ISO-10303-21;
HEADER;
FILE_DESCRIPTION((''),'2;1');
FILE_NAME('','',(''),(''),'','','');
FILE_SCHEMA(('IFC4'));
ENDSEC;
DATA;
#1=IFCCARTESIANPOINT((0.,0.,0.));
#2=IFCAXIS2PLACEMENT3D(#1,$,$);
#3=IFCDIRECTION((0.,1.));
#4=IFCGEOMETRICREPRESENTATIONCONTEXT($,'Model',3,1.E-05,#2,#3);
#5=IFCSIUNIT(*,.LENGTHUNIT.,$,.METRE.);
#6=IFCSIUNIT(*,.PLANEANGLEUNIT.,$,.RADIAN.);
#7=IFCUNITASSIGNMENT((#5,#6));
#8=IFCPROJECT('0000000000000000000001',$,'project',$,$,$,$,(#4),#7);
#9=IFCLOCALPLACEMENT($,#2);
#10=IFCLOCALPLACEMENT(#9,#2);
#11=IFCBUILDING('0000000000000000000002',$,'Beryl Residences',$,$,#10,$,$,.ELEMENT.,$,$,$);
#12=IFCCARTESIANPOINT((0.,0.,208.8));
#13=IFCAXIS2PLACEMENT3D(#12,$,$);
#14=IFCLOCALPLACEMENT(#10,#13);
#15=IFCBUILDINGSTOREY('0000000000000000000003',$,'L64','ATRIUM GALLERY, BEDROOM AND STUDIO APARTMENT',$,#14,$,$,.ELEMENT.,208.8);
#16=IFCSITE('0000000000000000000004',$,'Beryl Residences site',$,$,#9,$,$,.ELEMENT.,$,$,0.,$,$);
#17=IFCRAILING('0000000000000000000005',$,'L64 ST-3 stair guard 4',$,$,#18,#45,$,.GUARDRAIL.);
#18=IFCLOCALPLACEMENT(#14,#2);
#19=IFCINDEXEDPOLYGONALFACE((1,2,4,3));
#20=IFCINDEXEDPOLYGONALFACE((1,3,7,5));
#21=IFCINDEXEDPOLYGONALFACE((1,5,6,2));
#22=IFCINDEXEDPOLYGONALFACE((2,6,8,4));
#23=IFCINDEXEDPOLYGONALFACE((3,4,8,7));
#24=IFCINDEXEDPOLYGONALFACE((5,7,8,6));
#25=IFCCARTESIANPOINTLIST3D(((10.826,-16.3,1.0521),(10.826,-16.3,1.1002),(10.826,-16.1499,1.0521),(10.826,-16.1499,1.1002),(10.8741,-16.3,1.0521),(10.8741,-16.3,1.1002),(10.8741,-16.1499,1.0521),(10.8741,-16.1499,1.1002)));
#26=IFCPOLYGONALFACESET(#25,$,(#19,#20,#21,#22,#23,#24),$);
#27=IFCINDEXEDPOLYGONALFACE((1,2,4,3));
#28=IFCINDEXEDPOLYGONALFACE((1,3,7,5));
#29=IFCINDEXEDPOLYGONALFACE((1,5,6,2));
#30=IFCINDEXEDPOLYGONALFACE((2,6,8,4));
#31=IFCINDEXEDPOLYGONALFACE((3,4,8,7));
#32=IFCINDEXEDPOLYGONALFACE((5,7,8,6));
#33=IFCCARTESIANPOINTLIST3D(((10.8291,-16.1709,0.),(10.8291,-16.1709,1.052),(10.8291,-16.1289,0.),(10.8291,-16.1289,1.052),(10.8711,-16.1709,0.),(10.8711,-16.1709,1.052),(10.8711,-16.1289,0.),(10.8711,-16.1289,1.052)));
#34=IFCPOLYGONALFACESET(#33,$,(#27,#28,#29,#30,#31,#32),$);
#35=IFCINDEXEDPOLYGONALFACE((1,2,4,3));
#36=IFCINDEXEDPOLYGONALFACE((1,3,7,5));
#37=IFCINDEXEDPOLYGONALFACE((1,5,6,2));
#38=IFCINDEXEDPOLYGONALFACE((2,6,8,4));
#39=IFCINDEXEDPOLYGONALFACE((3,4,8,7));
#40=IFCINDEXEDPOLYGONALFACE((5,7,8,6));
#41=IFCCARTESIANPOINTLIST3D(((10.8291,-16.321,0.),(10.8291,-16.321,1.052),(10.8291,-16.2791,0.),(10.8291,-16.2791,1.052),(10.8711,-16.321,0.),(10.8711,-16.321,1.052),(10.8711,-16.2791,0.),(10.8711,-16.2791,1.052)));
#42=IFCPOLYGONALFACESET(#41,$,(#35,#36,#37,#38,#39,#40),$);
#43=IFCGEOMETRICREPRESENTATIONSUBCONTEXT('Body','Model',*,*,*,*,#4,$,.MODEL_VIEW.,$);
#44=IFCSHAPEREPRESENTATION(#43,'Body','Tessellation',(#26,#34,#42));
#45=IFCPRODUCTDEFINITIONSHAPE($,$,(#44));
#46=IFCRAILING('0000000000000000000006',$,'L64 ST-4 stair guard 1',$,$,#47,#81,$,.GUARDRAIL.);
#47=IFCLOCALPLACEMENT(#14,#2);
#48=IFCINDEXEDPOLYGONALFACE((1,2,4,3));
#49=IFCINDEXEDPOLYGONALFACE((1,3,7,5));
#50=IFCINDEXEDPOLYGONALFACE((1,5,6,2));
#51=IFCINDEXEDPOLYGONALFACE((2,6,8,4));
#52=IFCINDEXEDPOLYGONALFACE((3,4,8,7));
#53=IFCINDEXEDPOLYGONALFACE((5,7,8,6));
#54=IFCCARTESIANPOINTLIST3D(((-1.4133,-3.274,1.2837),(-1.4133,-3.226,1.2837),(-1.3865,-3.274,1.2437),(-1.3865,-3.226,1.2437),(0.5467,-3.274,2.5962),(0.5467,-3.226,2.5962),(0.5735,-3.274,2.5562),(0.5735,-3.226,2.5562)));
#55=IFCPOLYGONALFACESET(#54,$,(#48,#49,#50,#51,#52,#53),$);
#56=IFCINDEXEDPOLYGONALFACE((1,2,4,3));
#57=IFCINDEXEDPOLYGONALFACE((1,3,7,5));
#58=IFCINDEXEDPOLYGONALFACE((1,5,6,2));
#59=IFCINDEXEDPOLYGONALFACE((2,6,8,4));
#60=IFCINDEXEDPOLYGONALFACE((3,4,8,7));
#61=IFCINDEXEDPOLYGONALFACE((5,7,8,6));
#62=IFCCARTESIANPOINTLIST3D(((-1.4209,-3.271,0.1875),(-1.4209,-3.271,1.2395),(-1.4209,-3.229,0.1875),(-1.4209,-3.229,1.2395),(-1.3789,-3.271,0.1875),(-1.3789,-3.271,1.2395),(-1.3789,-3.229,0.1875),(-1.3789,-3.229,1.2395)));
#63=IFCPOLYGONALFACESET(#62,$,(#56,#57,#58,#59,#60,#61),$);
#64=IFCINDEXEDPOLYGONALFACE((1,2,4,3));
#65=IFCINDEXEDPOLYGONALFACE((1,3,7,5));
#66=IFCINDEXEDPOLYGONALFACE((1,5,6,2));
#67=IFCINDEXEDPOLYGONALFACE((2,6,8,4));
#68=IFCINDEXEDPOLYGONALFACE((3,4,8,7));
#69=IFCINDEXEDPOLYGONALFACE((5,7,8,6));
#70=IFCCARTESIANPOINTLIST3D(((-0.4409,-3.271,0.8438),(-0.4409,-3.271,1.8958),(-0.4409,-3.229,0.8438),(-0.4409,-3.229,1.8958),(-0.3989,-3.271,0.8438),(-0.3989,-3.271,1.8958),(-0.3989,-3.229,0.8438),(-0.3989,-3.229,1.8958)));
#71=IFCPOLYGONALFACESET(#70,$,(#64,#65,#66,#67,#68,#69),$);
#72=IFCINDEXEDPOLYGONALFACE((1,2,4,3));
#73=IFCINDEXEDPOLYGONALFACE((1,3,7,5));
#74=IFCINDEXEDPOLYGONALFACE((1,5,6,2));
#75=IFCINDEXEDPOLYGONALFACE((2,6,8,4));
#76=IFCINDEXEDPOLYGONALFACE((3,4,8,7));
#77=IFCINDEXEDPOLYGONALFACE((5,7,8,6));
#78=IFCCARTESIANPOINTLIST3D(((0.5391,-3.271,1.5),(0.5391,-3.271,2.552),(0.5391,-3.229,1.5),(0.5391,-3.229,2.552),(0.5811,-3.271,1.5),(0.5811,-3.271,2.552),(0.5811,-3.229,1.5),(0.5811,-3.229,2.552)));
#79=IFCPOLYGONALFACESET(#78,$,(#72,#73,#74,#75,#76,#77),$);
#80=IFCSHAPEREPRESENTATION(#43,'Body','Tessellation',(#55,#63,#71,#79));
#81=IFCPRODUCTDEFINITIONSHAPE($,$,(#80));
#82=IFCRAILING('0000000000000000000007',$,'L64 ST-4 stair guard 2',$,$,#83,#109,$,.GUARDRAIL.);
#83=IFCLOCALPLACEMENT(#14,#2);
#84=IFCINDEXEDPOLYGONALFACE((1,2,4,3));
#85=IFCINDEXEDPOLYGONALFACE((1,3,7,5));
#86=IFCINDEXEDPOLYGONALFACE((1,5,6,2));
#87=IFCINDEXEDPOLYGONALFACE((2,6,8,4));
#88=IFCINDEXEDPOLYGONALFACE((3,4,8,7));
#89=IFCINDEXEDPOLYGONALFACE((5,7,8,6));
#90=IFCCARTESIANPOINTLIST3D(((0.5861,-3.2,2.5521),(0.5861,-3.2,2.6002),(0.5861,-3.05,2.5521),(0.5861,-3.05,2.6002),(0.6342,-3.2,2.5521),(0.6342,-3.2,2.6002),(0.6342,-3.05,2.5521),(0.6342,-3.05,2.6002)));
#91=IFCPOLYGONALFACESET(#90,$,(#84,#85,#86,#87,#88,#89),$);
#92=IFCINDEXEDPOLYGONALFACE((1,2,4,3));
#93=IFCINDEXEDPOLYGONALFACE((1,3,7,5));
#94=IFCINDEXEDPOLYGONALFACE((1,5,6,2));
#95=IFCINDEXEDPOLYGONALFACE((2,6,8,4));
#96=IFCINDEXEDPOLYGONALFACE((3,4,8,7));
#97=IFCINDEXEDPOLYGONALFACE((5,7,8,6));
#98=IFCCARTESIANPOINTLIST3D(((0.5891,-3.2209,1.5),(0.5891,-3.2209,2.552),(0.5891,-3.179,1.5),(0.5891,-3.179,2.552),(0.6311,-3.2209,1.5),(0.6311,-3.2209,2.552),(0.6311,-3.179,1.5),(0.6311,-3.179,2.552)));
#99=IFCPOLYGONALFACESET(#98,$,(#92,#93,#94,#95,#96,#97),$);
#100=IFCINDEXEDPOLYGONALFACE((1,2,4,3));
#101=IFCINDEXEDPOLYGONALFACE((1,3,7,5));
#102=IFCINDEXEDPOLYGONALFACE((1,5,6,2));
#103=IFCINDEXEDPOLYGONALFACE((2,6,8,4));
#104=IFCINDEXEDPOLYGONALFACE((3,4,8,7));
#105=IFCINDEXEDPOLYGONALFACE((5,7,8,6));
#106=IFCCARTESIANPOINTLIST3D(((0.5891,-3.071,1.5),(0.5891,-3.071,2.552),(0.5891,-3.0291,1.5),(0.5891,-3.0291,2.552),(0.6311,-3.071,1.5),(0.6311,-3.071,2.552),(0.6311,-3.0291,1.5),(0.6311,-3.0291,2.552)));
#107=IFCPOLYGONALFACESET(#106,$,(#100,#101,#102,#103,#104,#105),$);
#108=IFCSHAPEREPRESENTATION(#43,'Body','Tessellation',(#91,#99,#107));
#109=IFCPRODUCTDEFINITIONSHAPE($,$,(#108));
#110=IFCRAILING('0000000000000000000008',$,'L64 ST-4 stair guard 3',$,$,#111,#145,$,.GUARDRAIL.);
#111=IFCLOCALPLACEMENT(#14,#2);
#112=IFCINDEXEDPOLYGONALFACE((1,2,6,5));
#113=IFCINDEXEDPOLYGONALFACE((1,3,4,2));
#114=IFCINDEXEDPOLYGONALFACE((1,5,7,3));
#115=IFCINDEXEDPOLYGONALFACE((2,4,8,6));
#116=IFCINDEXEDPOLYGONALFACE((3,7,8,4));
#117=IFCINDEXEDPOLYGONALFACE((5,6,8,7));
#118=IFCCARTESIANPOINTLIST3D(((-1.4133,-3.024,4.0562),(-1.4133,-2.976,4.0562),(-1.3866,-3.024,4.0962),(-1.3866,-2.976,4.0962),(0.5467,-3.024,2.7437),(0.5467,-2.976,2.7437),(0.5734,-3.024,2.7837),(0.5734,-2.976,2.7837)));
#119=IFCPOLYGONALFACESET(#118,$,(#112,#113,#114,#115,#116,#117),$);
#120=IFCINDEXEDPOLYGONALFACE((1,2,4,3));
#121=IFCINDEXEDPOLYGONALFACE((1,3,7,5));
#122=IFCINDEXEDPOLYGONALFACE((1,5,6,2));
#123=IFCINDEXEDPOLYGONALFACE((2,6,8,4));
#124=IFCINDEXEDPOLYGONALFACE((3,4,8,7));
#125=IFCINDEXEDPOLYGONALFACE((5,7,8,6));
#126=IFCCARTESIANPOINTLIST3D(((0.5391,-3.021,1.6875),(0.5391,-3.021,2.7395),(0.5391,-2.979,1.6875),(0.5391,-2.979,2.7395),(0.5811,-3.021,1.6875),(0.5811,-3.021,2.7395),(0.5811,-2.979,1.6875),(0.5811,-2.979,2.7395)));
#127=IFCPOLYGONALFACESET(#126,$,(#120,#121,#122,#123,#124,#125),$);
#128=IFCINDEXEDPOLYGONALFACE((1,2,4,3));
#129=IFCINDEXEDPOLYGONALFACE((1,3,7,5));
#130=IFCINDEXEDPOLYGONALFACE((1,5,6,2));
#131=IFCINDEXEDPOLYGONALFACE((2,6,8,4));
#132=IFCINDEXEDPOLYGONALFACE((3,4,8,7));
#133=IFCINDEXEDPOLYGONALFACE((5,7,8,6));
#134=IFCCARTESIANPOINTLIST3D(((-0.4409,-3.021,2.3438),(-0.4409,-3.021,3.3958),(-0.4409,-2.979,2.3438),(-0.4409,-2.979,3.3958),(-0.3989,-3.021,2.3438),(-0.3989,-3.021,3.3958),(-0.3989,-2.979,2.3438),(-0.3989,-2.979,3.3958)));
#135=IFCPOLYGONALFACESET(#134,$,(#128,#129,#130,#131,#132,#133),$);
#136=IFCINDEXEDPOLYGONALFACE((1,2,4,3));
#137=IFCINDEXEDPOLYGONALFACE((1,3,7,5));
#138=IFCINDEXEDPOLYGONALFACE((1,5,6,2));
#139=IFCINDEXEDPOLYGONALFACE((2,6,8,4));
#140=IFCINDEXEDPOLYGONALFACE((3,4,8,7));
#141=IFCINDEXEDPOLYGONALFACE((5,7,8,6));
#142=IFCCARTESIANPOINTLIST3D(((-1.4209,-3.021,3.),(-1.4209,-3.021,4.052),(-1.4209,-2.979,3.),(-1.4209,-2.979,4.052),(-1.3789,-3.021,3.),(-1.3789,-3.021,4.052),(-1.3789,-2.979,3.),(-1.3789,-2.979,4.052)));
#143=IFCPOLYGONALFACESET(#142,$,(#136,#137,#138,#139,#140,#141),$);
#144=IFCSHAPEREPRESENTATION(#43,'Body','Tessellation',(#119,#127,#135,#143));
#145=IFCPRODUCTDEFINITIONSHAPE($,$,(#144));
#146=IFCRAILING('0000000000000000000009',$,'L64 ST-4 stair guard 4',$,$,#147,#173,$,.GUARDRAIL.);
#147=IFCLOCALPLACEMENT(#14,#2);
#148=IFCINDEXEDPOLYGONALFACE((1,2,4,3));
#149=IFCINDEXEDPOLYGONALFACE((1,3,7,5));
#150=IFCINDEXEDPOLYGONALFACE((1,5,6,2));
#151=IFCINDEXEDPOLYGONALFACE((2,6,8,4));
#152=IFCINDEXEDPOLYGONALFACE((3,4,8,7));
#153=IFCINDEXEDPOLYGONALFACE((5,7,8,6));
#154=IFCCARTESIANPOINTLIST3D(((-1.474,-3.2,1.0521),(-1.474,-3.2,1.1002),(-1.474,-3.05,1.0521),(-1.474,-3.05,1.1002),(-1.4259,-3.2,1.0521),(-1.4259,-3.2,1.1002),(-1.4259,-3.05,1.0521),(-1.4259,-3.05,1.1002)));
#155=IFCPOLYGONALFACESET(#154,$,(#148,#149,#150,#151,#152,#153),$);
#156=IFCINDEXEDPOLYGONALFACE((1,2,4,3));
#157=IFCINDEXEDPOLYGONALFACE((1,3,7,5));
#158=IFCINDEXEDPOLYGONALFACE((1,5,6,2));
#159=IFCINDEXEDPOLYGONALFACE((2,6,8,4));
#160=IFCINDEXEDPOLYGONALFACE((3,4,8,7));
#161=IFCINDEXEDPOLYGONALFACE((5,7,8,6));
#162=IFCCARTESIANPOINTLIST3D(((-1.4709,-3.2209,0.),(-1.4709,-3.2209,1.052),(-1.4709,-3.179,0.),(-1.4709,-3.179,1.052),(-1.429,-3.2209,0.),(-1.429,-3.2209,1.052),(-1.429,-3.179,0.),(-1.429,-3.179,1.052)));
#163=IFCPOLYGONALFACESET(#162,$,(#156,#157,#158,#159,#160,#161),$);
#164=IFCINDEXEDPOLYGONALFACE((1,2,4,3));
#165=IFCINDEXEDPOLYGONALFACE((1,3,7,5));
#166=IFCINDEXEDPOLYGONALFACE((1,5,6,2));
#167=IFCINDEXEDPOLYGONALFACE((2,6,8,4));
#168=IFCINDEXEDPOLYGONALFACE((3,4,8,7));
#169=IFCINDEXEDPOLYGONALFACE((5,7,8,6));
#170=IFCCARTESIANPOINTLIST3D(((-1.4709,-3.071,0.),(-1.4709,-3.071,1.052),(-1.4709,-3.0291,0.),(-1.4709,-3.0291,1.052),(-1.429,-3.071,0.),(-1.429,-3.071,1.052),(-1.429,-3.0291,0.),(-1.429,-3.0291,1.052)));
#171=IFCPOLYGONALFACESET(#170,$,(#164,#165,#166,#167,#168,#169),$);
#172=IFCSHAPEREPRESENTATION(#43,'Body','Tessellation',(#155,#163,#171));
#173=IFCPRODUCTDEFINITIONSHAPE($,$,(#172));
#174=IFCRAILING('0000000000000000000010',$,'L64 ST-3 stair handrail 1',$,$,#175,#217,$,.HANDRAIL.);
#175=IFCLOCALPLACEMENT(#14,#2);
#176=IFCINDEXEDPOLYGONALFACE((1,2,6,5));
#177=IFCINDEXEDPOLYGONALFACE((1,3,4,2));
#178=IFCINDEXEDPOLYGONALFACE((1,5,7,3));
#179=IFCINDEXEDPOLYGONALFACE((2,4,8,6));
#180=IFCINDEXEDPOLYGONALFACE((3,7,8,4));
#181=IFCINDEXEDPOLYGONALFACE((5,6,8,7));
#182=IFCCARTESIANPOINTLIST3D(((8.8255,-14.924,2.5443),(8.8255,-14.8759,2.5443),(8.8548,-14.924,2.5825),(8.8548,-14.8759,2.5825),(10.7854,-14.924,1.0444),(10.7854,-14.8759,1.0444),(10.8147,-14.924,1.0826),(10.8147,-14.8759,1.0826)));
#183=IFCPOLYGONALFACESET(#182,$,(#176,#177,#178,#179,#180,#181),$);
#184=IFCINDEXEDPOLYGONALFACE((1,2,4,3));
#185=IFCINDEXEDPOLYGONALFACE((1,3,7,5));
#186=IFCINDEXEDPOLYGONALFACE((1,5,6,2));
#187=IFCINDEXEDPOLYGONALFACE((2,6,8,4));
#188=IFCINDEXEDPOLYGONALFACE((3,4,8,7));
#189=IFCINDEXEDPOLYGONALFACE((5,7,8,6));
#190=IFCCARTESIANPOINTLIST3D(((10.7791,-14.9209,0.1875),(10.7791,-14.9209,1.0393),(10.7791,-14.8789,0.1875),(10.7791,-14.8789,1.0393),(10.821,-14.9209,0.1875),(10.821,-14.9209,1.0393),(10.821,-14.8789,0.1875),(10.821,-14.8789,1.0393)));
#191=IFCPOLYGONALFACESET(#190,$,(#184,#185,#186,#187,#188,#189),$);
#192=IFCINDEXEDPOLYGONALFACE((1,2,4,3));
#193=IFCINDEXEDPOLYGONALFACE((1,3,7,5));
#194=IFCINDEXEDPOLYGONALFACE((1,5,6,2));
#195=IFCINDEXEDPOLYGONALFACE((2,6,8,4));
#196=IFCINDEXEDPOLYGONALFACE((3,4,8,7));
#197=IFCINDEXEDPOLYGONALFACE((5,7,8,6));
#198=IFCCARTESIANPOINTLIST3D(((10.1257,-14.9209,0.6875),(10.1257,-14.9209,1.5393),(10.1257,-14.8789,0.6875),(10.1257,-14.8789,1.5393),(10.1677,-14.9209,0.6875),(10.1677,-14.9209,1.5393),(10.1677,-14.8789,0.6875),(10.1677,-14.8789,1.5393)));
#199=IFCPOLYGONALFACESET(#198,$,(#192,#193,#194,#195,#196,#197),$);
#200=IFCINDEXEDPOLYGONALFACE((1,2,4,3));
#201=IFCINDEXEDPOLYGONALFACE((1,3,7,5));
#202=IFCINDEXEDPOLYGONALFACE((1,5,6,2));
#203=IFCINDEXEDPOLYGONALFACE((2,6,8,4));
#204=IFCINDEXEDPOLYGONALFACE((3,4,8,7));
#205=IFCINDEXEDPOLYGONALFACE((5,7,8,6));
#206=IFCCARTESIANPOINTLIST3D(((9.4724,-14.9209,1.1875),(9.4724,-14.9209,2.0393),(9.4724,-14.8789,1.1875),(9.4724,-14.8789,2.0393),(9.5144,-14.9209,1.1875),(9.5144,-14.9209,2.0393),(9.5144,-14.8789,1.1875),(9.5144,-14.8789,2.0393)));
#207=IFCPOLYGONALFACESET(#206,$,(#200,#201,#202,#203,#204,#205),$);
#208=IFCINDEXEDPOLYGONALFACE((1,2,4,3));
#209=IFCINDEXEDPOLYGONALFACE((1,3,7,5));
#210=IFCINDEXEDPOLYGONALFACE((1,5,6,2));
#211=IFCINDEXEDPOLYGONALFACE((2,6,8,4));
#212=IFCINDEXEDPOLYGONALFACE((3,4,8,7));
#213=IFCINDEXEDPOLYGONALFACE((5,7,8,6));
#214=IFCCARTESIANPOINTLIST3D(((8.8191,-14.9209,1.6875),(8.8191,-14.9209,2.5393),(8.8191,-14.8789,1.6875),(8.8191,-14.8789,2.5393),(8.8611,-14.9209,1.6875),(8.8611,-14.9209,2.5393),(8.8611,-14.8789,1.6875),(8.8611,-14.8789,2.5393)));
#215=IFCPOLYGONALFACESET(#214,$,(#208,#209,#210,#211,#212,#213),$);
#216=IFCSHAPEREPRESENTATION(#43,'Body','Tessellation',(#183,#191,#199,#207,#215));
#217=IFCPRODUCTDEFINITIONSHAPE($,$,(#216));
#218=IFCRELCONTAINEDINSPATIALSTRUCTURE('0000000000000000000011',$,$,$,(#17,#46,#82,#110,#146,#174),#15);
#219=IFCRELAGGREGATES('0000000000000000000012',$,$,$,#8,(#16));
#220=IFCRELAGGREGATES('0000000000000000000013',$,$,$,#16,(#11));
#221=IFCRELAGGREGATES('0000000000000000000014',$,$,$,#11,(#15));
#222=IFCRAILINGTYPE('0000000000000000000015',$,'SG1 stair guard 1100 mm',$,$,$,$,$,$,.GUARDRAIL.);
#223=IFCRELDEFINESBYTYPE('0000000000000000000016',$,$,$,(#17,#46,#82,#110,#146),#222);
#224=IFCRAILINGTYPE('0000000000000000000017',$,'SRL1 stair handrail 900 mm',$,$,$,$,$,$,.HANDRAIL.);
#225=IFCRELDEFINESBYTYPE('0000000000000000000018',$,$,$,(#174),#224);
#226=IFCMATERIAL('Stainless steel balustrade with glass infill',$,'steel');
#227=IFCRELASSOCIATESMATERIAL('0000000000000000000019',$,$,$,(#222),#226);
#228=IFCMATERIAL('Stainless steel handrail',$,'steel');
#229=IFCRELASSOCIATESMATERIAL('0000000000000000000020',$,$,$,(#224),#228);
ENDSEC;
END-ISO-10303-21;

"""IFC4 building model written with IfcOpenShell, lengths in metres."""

from ifc_helpers import new_model, si_unit, direction, frame, origin, origin_2d, place, context, subcontext, project, spatial, rectangle, extrude, material, type_object, element, save


model = new_model("IFC4")

# Units and contexts
model_context = context("Model", 3, precision=1e-05, world=origin(), true_north=direction((0.0, 1.0)))
body_context = subcontext(model_context, "Body", "Model", "MODEL_VIEW")
ifc_project = project(units=[si_unit("LENGTHUNIT", "METRE"), si_unit("PLANEANGLEUNIT", "RADIAN")], contexts=[model_context])

# Site, building, storey
site_placement = place(None, origin())
site = spatial("IfcSite", under=ifc_project, at=site_placement, Name="Beryl Residences site", CompositionType="ELEMENT", RefElevation=0.0)
building_placement = place(site_placement, origin())
building = spatial("IfcBuilding", under=site, at=building_placement, Name="Beryl Residences", CompositionType="ELEMENT")
storey_placement = place(building_placement, frame((0.0, 0.0, 208.8)))
storey = spatial("IfcBuildingStorey", under=building, at=storey_placement, Name="L64", Description="ATRIUM GALLERY, BEDROOM AND STUDIO APARTMENT", CompositionType="ELEMENT", Elevation=208.8)

# Railings
ifc_material_1 = material(Name="Stainless steel balustrade with glass infill", Category="steel")
railing_type_1 = type_object("IfcRailingType", Name="SG1 stair guard 1100 mm", PredefinedType="GUARDRAIL", material=ifc_material_1)
railing_1_placement = place(storey_placement, frame((10.8501, -16.1499, 0.0)))
element("IfcRailing", 1, at=railing_1_placement, inside=storey, type_object=railing_type_1, Name="L64 ST-3 stair guard 4", PredefinedType="GUARDRAIL", context=body_context, shape_type="SweptSolid", body=[
    extrude(rectangle(XDim=0.0481, YDim=0.0481, at=origin_2d()), frame((0.0, 0.0, 1.0762), z_axis=(0.0, -1.0, 0.0), x_axis=(1.0, 0.0, 0.0)), (0.0, 0.0, 1.0), 0.1501),
    extrude(rectangle(XDim=0.042, YDim=0.042, at=origin_2d()), origin(), (0.0, 0.0, 1.0), 1.052),
    extrude(rectangle(XDim=0.042, YDim=0.042, at=origin_2d()), frame((0.0, -0.1501, 0.0)), (0.0, 0.0, 1.0), 1.052),
])
railing_2_placement = place(storey_placement, frame((-1.3999, -3.25, 0.1875)))
element("IfcRailing", 2, at=railing_2_placement, inside=storey, type_object=railing_type_1, Name="L64 ST-4 stair guard 1", PredefinedType="GUARDRAIL", context=body_context, shape_type="SweptSolid", body=[
    extrude(rectangle(XDim=0.0481, YDim=0.0481, at=origin_2d()), frame((0.0, 0.0, 1.0762), z_axis=(0.830902, 0.0, 0.556419), x_axis=(0.0, 1.0, 0.0)), (0.0, 0.0, 1.0), 2.3589),
    extrude(rectangle(XDim=0.042, YDim=0.042, at=origin_2d()), origin(), (0.0, 0.0, 1.0), 1.052),
    extrude(rectangle(XDim=0.042, YDim=0.042, at=origin_2d()), frame((0.98, 0.0, 0.6562)), (0.0, 0.0, 1.0), 1.052),
    extrude(rectangle(XDim=0.042, YDim=0.042, at=origin_2d()), frame((1.96, 0.0, 1.3125)), (0.0, 0.0, 1.0), 1.052),
])
railing_3_placement = place(storey_placement, frame((0.6101, -3.2, 1.5)))
element("IfcRailing", 3, at=railing_3_placement, inside=storey, type_object=railing_type_1, Name="L64 ST-4 stair guard 2", PredefinedType="GUARDRAIL", context=body_context, shape_type="SweptSolid", body=[
    extrude(rectangle(XDim=0.0481, YDim=0.0481, at=origin_2d()), frame((0.0, 0.0, 1.0762), z_axis=(0.0, 1.0, 0.0), x_axis=(-1.0, 0.0, 0.0)), (0.0, 0.0, 1.0), 0.1499),
    extrude(rectangle(XDim=0.042, YDim=0.042, at=origin_2d()), origin(), (0.0, 0.0, 1.0), 1.052),
    extrude(rectangle(XDim=0.042, YDim=0.042, at=origin_2d()), frame((0.0, 0.1499, 0.0)), (0.0, 0.0, 1.0), 1.052),
])
railing_4_placement = place(storey_placement, frame((0.5601, -3.0, 1.6875)))
element("IfcRailing", 4, at=railing_4_placement, inside=storey, type_object=railing_type_1, Name="L64 ST-4 stair guard 3", PredefinedType="GUARDRAIL", context=body_context, shape_type="SweptSolid", body=[
    extrude(rectangle(XDim=0.0481, YDim=0.0481, at=origin_2d()), frame((0.0, 0.0, 1.0762), z_axis=(-0.830902, 0.0, 0.556419), x_axis=(0.0, -1.0, 0.0)), (0.0, 0.0, 1.0), 2.3589),
    extrude(rectangle(XDim=0.042, YDim=0.042, at=origin_2d()), origin(), (0.0, 0.0, 1.0), 1.052),
    extrude(rectangle(XDim=0.042, YDim=0.042, at=origin_2d()), frame((-0.98, 0.0, 0.6562)), (0.0, 0.0, 1.0), 1.052),
    extrude(rectangle(XDim=0.042, YDim=0.042, at=origin_2d()), frame((-1.96, 0.0, 1.3125)), (0.0, 0.0, 1.0), 1.052),
])
railing_5_placement = place(storey_placement, frame((-1.45, -3.2, 0.0)))
element("IfcRailing", 5, at=railing_5_placement, inside=storey, type_object=railing_type_1, Name="L64 ST-4 stair guard 4", PredefinedType="GUARDRAIL", context=body_context, shape_type="SweptSolid", body=[
    extrude(rectangle(XDim=0.0481, YDim=0.0481, at=origin_2d()), frame((0.0, 0.0, 1.0762), z_axis=(0.0, 1.0, 0.0), x_axis=(-1.0, 0.0, 0.0)), (0.0, 0.0, 1.0), 0.1499),
    extrude(rectangle(XDim=0.042, YDim=0.042, at=origin_2d()), origin(), (0.0, 0.0, 1.0), 1.052),
    extrude(rectangle(XDim=0.042, YDim=0.042, at=origin_2d()), frame((0.0, 0.1499, 0.0)), (0.0, 0.0, 1.0), 1.052),
])
ifc_material_2 = material(Name="Stainless steel handrail", Category="steel")
railing_type_2 = type_object("IfcRailingType", Name="SRL1 stair handrail 900 mm", PredefinedType="HANDRAIL", material=ifc_material_2)
railing_6_placement = place(storey_placement, frame((10.8, -14.8999, 0.1875)))
element("IfcRailing", 6, at=railing_6_placement, inside=storey, type_object=railing_type_2, Name="L64 ST-3 stair handrail 1", PredefinedType="HANDRAIL", context=body_context, shape_type="SweptSolid", body=[
    extrude(rectangle(XDim=0.0481, YDim=0.0481, at=origin_2d()), frame((0.0, 0.0, 0.876), z_axis=(-0.794122, 0.0, 0.607758), x_axis=(0.0, -1.0, 0.0)), (0.0, 0.0, 1.0), 2.468),
    extrude(rectangle(XDim=0.042, YDim=0.042, at=origin_2d()), origin(), (0.0, 0.0, 1.0), 0.8518),
    extrude(rectangle(XDim=0.042, YDim=0.042, at=origin_2d()), frame((-0.6533, 0.0, 0.5)), (0.0, 0.0, 1.0), 0.8518),
    extrude(rectangle(XDim=0.042, YDim=0.042, at=origin_2d()), frame((-1.3066, 0.0, 1.0)), (0.0, 0.0, 1.0), 0.8518),
    extrude(rectangle(XDim=0.042, YDim=0.042, at=origin_2d()), frame((-1.96, 0.0, 1.5)), (0.0, 0.0, 1.0), 0.8518),
])

save(model, "model.ifc")
